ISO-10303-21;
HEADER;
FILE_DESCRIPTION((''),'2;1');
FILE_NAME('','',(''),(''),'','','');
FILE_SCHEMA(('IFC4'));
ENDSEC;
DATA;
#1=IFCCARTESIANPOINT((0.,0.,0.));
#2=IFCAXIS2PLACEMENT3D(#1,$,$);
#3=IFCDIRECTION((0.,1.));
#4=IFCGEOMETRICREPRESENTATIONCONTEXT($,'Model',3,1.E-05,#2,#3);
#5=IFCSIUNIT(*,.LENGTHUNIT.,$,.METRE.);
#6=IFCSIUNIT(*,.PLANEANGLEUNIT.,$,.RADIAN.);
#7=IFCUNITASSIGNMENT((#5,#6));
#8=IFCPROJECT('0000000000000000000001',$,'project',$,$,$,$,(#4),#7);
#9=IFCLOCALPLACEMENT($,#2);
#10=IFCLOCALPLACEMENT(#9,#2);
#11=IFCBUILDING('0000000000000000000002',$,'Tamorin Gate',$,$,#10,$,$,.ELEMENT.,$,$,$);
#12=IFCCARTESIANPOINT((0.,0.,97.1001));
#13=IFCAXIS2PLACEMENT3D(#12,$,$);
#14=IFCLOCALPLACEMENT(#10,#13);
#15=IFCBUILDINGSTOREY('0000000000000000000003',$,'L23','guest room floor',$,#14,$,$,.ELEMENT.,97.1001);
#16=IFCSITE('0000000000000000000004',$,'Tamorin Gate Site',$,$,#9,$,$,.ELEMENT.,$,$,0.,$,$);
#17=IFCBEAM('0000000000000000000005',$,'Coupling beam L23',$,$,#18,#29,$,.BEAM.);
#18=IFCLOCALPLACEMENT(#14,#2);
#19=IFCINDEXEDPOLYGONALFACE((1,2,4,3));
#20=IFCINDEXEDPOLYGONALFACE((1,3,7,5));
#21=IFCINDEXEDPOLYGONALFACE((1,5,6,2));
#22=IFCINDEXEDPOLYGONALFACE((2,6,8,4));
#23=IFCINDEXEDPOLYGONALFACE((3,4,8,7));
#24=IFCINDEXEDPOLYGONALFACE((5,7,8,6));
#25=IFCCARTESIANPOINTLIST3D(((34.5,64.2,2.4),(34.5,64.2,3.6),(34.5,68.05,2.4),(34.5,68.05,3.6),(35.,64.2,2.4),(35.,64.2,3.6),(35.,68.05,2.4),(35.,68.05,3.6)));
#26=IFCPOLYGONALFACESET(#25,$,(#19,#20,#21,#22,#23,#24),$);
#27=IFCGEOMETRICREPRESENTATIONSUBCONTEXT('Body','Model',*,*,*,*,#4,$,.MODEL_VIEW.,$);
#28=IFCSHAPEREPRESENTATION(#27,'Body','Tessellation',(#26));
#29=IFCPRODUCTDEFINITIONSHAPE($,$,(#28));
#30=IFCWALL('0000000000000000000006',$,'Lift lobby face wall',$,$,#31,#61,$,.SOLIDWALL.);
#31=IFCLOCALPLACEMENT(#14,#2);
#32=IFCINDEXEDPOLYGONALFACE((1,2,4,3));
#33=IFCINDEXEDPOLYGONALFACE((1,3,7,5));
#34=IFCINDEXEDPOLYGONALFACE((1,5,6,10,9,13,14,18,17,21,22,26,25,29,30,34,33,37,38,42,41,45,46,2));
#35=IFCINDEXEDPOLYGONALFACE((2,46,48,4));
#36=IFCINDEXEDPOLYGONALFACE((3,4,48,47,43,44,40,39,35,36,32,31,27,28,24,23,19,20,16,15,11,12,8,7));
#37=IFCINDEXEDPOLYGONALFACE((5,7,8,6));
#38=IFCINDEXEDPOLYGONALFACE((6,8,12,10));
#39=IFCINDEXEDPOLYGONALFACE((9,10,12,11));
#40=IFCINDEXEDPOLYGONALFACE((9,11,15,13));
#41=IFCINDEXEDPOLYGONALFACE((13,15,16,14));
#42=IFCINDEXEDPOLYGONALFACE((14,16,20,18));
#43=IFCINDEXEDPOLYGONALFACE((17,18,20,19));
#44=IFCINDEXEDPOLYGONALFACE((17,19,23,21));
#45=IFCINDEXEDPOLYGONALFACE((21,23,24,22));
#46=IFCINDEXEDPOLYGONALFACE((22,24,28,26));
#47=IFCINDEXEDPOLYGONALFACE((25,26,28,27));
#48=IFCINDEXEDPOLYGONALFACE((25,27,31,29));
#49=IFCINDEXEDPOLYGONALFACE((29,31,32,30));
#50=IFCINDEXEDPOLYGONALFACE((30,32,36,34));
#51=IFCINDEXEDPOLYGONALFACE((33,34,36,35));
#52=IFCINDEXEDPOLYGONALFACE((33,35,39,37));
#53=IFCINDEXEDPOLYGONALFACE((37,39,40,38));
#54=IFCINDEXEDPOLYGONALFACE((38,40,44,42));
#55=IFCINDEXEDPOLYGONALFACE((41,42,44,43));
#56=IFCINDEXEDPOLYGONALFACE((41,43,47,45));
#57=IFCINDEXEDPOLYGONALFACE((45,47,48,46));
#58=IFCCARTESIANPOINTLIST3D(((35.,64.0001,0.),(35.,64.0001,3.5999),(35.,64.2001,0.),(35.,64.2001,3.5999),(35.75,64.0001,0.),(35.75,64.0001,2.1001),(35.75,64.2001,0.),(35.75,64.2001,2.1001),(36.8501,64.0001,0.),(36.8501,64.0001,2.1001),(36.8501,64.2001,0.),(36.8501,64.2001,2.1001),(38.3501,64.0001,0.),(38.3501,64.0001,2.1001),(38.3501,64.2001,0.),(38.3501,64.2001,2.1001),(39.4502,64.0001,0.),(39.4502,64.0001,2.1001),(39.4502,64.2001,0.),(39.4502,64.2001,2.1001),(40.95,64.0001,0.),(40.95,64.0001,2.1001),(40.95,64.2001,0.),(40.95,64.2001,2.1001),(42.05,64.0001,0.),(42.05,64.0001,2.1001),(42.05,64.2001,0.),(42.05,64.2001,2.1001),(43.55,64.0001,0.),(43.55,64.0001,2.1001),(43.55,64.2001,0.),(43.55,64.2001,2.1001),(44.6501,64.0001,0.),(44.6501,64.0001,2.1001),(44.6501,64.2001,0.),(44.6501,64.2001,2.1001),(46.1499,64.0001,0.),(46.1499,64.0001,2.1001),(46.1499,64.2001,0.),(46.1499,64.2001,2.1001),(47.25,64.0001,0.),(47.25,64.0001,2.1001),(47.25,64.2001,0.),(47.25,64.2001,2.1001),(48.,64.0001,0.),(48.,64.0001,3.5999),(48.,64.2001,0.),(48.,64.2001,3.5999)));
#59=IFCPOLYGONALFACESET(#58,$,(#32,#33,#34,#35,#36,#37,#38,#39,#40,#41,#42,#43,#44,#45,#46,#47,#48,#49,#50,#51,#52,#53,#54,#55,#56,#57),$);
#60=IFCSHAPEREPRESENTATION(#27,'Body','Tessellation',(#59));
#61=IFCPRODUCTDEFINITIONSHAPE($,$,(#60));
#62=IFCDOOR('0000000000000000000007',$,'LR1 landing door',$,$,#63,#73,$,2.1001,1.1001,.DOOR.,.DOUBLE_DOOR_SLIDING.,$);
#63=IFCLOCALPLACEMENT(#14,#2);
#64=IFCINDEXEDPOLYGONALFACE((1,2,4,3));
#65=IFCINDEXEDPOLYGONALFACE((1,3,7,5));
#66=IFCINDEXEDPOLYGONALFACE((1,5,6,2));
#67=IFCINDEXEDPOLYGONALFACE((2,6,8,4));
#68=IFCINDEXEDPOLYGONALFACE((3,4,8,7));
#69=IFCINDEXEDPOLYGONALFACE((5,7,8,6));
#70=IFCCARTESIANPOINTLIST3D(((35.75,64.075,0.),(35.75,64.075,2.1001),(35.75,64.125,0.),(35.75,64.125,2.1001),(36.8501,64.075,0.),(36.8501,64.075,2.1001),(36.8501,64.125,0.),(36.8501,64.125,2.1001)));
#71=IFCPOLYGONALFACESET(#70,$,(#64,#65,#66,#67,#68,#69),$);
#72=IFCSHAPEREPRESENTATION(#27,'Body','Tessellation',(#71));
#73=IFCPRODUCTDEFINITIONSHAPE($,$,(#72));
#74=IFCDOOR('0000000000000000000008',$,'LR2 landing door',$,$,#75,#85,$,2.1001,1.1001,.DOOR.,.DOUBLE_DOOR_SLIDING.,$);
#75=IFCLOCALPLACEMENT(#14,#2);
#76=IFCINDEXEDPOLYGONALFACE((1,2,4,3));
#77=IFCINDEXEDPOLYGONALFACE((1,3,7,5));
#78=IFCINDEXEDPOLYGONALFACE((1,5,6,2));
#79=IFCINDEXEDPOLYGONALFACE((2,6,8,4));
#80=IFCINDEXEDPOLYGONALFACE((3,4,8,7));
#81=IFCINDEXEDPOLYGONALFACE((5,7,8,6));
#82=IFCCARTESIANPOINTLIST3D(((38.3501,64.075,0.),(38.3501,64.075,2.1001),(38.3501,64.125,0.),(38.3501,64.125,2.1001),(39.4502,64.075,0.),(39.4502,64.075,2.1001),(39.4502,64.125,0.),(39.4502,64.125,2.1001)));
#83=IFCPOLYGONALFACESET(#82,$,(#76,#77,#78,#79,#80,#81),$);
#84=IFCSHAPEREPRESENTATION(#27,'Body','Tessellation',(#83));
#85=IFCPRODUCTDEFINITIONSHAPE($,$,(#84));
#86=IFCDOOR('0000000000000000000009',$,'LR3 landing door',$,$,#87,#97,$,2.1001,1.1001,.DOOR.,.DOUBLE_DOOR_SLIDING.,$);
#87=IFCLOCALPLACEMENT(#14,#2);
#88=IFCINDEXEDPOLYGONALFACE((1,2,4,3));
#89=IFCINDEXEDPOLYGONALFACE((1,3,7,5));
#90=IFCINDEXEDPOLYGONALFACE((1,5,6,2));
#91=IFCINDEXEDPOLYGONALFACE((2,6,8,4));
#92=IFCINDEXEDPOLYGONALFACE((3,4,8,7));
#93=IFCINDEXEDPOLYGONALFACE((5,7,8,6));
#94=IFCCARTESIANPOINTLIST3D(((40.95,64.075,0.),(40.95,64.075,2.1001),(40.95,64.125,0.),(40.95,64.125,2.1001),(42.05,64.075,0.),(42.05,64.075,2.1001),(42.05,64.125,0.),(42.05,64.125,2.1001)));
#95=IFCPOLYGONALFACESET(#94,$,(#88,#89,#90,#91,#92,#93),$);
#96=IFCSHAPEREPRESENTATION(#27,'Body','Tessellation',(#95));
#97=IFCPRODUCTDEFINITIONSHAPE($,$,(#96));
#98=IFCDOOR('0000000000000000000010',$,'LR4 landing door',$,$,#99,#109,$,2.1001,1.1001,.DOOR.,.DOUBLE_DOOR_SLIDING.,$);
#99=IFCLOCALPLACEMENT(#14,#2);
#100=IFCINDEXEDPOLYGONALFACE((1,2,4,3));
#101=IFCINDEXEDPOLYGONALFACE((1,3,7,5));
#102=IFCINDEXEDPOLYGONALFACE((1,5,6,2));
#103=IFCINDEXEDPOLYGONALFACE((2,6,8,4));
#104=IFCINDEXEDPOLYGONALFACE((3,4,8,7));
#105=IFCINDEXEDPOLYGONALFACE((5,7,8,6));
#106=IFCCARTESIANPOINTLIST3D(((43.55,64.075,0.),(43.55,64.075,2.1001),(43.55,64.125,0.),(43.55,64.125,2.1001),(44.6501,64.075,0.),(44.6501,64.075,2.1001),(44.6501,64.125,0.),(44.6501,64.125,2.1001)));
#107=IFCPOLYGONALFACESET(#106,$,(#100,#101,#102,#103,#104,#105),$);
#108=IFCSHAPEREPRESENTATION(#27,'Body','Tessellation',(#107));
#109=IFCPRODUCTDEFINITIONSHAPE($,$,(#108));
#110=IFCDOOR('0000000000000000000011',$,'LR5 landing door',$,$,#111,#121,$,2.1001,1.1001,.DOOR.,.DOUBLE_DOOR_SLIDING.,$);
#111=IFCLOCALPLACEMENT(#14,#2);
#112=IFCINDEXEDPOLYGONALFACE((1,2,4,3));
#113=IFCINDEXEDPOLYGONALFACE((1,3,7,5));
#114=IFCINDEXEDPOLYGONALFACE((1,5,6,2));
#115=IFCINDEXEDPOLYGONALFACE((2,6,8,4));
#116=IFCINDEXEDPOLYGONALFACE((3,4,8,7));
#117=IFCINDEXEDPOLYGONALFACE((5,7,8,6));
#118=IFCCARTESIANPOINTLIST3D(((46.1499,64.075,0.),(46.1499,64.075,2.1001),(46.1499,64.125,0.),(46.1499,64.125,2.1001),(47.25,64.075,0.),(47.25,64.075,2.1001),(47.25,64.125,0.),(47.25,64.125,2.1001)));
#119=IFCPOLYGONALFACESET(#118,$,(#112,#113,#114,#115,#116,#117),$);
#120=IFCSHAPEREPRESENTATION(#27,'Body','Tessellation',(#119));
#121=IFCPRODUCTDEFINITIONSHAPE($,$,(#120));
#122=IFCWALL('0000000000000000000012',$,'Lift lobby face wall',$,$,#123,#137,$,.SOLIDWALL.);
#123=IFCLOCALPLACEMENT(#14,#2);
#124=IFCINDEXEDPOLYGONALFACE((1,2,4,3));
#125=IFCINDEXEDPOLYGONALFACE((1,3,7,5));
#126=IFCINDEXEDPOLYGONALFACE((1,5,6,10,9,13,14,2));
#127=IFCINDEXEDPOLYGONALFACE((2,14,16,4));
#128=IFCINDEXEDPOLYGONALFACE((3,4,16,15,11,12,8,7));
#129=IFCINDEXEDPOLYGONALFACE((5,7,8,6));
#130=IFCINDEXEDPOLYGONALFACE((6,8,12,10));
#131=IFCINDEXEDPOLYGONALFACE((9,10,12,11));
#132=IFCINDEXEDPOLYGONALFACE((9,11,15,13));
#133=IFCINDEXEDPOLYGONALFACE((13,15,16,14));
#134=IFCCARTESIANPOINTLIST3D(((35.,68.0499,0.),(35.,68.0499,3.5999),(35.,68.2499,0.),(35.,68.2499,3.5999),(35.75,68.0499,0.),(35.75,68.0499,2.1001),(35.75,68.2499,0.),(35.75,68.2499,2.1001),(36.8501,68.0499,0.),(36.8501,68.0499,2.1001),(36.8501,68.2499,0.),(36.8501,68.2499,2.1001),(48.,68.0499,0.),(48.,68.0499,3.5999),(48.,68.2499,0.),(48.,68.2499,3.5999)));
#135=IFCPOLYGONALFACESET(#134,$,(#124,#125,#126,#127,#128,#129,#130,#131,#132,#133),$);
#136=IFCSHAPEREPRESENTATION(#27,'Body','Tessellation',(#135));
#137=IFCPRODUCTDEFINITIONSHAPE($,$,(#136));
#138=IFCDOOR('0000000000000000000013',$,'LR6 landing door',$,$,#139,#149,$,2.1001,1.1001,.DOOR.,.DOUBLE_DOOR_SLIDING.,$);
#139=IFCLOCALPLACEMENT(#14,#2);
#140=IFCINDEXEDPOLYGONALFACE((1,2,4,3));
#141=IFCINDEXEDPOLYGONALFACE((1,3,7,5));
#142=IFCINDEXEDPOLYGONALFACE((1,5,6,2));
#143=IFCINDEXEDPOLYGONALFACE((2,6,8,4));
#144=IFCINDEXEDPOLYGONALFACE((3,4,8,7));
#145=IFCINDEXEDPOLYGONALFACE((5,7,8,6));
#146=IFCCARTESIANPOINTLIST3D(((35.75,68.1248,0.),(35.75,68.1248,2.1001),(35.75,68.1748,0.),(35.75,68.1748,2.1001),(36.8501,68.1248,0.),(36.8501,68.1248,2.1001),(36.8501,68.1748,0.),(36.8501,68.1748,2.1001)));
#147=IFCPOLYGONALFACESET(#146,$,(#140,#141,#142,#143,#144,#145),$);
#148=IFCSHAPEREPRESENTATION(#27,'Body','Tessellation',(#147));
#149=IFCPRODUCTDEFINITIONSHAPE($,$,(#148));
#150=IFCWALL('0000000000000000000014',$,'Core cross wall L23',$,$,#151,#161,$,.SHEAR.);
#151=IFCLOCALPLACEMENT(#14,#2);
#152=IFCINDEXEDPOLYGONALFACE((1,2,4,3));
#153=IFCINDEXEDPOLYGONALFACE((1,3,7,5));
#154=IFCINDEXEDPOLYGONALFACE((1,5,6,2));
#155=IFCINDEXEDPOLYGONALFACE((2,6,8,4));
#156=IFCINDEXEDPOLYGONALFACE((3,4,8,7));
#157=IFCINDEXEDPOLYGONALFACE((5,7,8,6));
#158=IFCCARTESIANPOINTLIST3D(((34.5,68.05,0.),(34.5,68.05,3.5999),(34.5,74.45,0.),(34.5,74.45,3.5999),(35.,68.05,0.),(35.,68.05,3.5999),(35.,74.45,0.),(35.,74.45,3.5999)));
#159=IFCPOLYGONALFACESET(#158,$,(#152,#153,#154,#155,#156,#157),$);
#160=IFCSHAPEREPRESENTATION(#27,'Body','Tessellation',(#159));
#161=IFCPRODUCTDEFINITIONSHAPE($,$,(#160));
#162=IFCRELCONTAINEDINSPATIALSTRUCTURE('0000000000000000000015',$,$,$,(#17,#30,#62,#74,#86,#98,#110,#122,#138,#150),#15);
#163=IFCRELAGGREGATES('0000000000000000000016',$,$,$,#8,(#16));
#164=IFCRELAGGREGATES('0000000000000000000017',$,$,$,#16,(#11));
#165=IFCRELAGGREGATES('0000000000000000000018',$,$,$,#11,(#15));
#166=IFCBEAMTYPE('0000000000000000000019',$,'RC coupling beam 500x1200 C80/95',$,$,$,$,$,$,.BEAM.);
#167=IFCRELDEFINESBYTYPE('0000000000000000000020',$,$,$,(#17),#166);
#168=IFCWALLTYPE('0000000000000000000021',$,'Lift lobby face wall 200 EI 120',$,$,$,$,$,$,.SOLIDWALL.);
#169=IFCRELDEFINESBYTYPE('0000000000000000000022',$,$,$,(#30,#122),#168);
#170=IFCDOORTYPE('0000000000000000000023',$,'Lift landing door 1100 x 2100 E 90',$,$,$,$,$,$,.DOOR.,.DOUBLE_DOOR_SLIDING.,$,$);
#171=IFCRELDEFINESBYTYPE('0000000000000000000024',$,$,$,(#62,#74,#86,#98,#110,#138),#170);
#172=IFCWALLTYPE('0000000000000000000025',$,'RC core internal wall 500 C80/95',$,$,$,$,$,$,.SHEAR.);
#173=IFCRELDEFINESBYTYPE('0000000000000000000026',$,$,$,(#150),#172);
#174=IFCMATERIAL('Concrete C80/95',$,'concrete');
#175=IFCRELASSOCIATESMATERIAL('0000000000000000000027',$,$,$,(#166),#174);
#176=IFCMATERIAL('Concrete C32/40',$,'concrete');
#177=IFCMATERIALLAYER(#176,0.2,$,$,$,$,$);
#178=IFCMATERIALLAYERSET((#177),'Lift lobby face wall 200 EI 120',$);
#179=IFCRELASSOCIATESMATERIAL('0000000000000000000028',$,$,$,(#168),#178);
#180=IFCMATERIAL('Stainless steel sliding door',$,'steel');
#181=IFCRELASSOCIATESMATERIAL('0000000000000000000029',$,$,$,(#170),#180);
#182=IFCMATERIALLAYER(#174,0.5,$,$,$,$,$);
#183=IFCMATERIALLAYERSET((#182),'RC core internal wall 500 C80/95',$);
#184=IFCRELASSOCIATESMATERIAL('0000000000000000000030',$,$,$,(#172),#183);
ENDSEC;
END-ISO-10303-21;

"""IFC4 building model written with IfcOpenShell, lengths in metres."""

from ifc_helpers import new_model, si_unit, direction, frame, frame_2d, origin, origin_2d, place, context, subcontext, project, spatial, rectangle, extrude, material, layer, layer_set, material_profile, profile_set, type_object, element, fill, save


model = new_model("IFC4")

# Units and contexts
model_context = context("Model", 3, precision=1e-05, world=origin(), true_north=direction((0.0, 1.0)))
body_context = subcontext(model_context, "Body", "Model", "MODEL_VIEW")
ifc_project = project(units=[si_unit("LENGTHUNIT", "METRE"), si_unit("PLANEANGLEUNIT", "RADIAN")], contexts=[model_context])

# Site, building, storey
site_placement = place(None, origin())
site = spatial("IfcSite", under=ifc_project, at=site_placement, Name="Tamorin Gate Site", CompositionType="ELEMENT", RefElevation=0.0)
building_placement = place(site_placement, origin())
building = spatial("IfcBuilding", under=site, at=building_placement, Name="Tamorin Gate", CompositionType="ELEMENT")
storey_placement = place(building_placement, frame((0.0, 0.0, 97.1001)))
storey = spatial("IfcBuildingStorey", under=building, at=storey_placement, Name="L23", Description="guest room floor", CompositionType="ELEMENT", Elevation=97.1001)

# Beam
ifc_material_1 = material(Name="Concrete C80/95", Category="concrete")
ifc_material_profile = material_profile(ifc_material_1, rectangle(XDim=0.5, YDim=1.2, at=origin_2d()), Name="RC 500x1200")
ifc_profile_set = profile_set([ifc_material_profile], Name="Concrete C80/95")
beam_type = type_object("IfcBeamType", Name="RC coupling beam 500x1200 C80/95", PredefinedType="BEAM", material=ifc_profile_set)
beam_placement = place(storey_placement, frame((34.75, 64.2, 3.0), z_axis=(0.0, 1.0, 0.0), x_axis=(-1.0, 0.0, 0.0)))
element("IfcBeam", 1, at=beam_placement, inside=storey, type_object=beam_type, Name="Coupling beam L23", PredefinedType="BEAM", context=body_context, shape_type="SweptSolid", body=[
    extrude(rectangle(XDim=0.5, YDim=1.2, at=origin_2d()), origin(), (0.0, 0.0, 1.0), 3.8501),
])

# Wall, openings, doors
ifc_material_2 = material(Name="Concrete C32/40", Category="concrete")
ifc_layer_1 = layer(ifc_material_2, 0.2)
ifc_layer_set_1 = layer_set([ifc_layer_1], Name="Lift lobby face wall 200 EI 120")
wall_type_1 = type_object("IfcWallType", Name="Lift lobby face wall 200 EI 120", PredefinedType="SOLIDWALL", material=ifc_layer_set_1)
wall_1_placement = place(storey_placement, frame((35.0, 64.1001, 0.0), z_axis=(0.0, 0.0, 1.0), x_axis=(1.0, 0.0, 0.0)))
wall_1 = element("IfcWall", 2, at=wall_1_placement, inside=storey, type_object=wall_type_1, Name="Lift lobby face wall", PredefinedType="SOLIDWALL", context=body_context, shape_type="SweptSolid", body=[
    extrude(rectangle(XDim=13.0, YDim=0.2, at=frame_2d((6.5, 0.0))), origin(), (0.0, 0.0, 1.0), 3.5999),
])
opening_1_placement = place(wall_1_placement, frame((0.75, 0.0, 0.0)))
opening_1 = element("IfcOpeningElement", 3, at=opening_1_placement, cuts=wall_1, PredefinedType="OPENING", context=body_context, shape_type="SweptSolid", body=[
    extrude(rectangle(XDim=1.1001, YDim=2.1001, at=frame_2d((0.55, 1.05))), frame((0.0, 0.1099, 0.0), z_axis=(0.0, -1.0, 0.0), x_axis=(1.0, 0.0, 0.0)), (0.0, 0.0, 1.0), 0.22),
])
opening_2_placement = place(wall_1_placement, frame((3.3501, 0.0, 0.0)))
opening_2 = element("IfcOpeningElement", 4, at=opening_2_placement, cuts=wall_1, PredefinedType="OPENING", context=body_context, shape_type="SweptSolid", body=[
    extrude(rectangle(XDim=1.1001, YDim=2.1001, at=frame_2d((0.55, 1.05))), frame((0.0, 0.1099, 0.0), z_axis=(0.0, -1.0, 0.0), x_axis=(1.0, 0.0, 0.0)), (0.0, 0.0, 1.0), 0.22),
])
opening_3_placement = place(wall_1_placement, frame((5.95, 0.0, 0.0)))
opening_3 = element("IfcOpeningElement", 5, at=opening_3_placement, cuts=wall_1, PredefinedType="OPENING", context=body_context, shape_type="SweptSolid", body=[
    extrude(rectangle(XDim=1.1001, YDim=2.1001, at=frame_2d((0.55, 1.05))), frame((0.0, 0.1099, 0.0), z_axis=(0.0, -1.0, 0.0), x_axis=(1.0, 0.0, 0.0)), (0.0, 0.0, 1.0), 0.22),
])
opening_4_placement = place(wall_1_placement, frame((8.55, 0.0, 0.0)))
opening_4 = element("IfcOpeningElement", 6, at=opening_4_placement, cuts=wall_1, PredefinedType="OPENING", context=body_context, shape_type="SweptSolid", body=[
    extrude(rectangle(XDim=1.1001, YDim=2.1001, at=frame_2d((0.55, 1.05))), frame((0.0, 0.1099, 0.0), z_axis=(0.0, -1.0, 0.0), x_axis=(1.0, 0.0, 0.0)), (0.0, 0.0, 1.0), 0.22),
])
opening_5_placement = place(wall_1_placement, frame((11.1499, 0.0, 0.0)))
opening_5 = element("IfcOpeningElement", 7, at=opening_5_placement, cuts=wall_1, PredefinedType="OPENING", context=body_context, shape_type="SweptSolid", body=[
    extrude(rectangle(XDim=1.1001, YDim=2.1001, at=frame_2d((0.55, 1.05))), frame((0.0, 0.1099, 0.0), z_axis=(0.0, -1.0, 0.0), x_axis=(1.0, 0.0, 0.0)), (0.0, 0.0, 1.0), 0.22),
])
ifc_material_3 = material(Name="Stainless steel sliding door", Category="steel")
door_type_1 = type_object("IfcDoorType", Name="Lift landing door 1100 x 2100 E 90", OperationType="DOUBLE_DOOR_SLIDING", PredefinedType="DOOR", material=ifc_material_3)
door_1_placement = place(opening_1_placement, origin())
door_1 = element("IfcDoor", 8, at=door_1_placement, inside=storey, type_object=door_type_1, Name="LR1 landing door", OperationType="DOUBLE_DOOR_SLIDING", OverallHeight=2.1001, OverallWidth=1.1001, PredefinedType="DOOR", context=body_context, shape_type="SweptSolid", body=[
    extrude(rectangle(XDim=1.1001, YDim=2.1001, at=frame_2d((0.55, 1.05))), frame((0.0, 0.0249, 0.0), z_axis=(0.0, -1.0, 0.0), x_axis=(1.0, 0.0, 0.0)), (0.0, 0.0, 1.0), 0.05),
])
fill(opening_1, door_1)
door_2_placement = place(opening_2_placement, origin())
door_2 = element("IfcDoor", 9, at=door_2_placement, inside=storey, type_object=door_type_1, Name="LR2 landing door", OperationType="DOUBLE_DOOR_SLIDING", OverallHeight=2.1001, OverallWidth=1.1001, PredefinedType="DOOR", context=body_context, shape_type="SweptSolid", body=[
    extrude(rectangle(XDim=1.1001, YDim=2.1001, at=frame_2d((0.55, 1.05))), frame((0.0, 0.0249, 0.0), z_axis=(0.0, -1.0, 0.0), x_axis=(1.0, 0.0, 0.0)), (0.0, 0.0, 1.0), 0.05),
])
fill(opening_2, door_2)
door_3_placement = place(opening_3_placement, origin())
door_3 = element("IfcDoor", 10, at=door_3_placement, inside=storey, type_object=door_type_1, Name="LR3 landing door", OperationType="DOUBLE_DOOR_SLIDING", OverallHeight=2.1001, OverallWidth=1.1001, PredefinedType="DOOR", context=body_context, shape_type="SweptSolid", body=[
    extrude(rectangle(XDim=1.1001, YDim=2.1001, at=frame_2d((0.55, 1.05))), frame((0.0, 0.0249, 0.0), z_axis=(0.0, -1.0, 0.0), x_axis=(1.0, 0.0, 0.0)), (0.0, 0.0, 1.0), 0.05),
])
fill(opening_3, door_3)
door_4_placement = place(opening_4_placement, origin())
door_4 = element("IfcDoor", 11, at=door_4_placement, inside=storey, type_object=door_type_1, Name="LR4 landing door", OperationType="DOUBLE_DOOR_SLIDING", OverallHeight=2.1001, OverallWidth=1.1001, PredefinedType="DOOR", context=body_context, shape_type="SweptSolid", body=[
    extrude(rectangle(XDim=1.1001, YDim=2.1001, at=frame_2d((0.55, 1.05))), frame((0.0, 0.0249, 0.0), z_axis=(0.0, -1.0, 0.0), x_axis=(1.0, 0.0, 0.0)), (0.0, 0.0, 1.0), 0.05),
])
fill(opening_4, door_4)
door_5_placement = place(opening_5_placement, origin())
door_5 = element("IfcDoor", 12, at=door_5_placement, inside=storey, type_object=door_type_1, Name="LR5 landing door", OperationType="DOUBLE_DOOR_SLIDING", OverallHeight=2.1001, OverallWidth=1.1001, PredefinedType="DOOR", context=body_context, shape_type="SweptSolid", body=[
    extrude(rectangle(XDim=1.1001, YDim=2.1001, at=frame_2d((0.55, 1.05))), frame((0.0, 0.0249, 0.0), z_axis=(0.0, -1.0, 0.0), x_axis=(1.0, 0.0, 0.0)), (0.0, 0.0, 1.0), 0.05),
])
fill(opening_5, door_5)

# Wall, opening, door
wall_2_placement = place(storey_placement, frame((35.0, 68.1499, 0.0), z_axis=(0.0, 0.0, 1.0), x_axis=(1.0, 0.0, 0.0)))
wall_2 = element("IfcWall", 13, at=wall_2_placement, inside=storey, type_object=wall_type_1, Name="Lift lobby face wall", PredefinedType="SOLIDWALL", context=body_context, shape_type="SweptSolid", body=[
    extrude(rectangle(XDim=13.0, YDim=0.2, at=frame_2d((6.5, 0.0))), origin(), (0.0, 0.0, 1.0), 3.5999),
])
opening_6_placement = place(wall_2_placement, frame((0.75, 0.0, 0.0)))
opening_6 = element("IfcOpeningElement", 14, at=opening_6_placement, cuts=wall_2, PredefinedType="OPENING", context=body_context, shape_type="SweptSolid", body=[
    extrude(rectangle(XDim=1.1001, YDim=2.1001, at=frame_2d((0.55, 1.05))), frame((0.0, 0.1099, 0.0), z_axis=(0.0, -1.0, 0.0), x_axis=(1.0, 0.0, 0.0)), (0.0, 0.0, 1.0), 0.22),
])
door_6_placement = place(opening_6_placement, origin())
door_6 = element("IfcDoor", 15, at=door_6_placement, inside=storey, type_object=door_type_1, Name="LR6 landing door", OperationType="DOUBLE_DOOR_SLIDING", OverallHeight=2.1001, OverallWidth=1.1001, PredefinedType="DOOR", context=body_context, shape_type="SweptSolid", body=[
    extrude(rectangle(XDim=1.1001, YDim=2.1001, at=frame_2d((0.55, 1.05))), frame((0.0, 0.0249, 0.0), z_axis=(0.0, -1.0, 0.0), x_axis=(1.0, 0.0, 0.0)), (0.0, 0.0, 1.0), 0.05),
])
fill(opening_6, door_6)

# Wall
ifc_layer_2 = layer(ifc_material_1, 0.5)
ifc_layer_set_2 = layer_set([ifc_layer_2], Name="RC core internal wall 500 C80/95")
wall_type_2 = type_object("IfcWallType", Name="RC core internal wall 500 C80/95", PredefinedType="SHEAR", material=ifc_layer_set_2)
wall_3_placement = place(storey_placement, frame((34.75, 68.05, 0.0), z_axis=(0.0, 0.0, 1.0), x_axis=(0.0, 1.0, 0.0)))
element("IfcWall", 16, at=wall_3_placement, inside=storey, type_object=wall_type_2, Name="Core cross wall L23", PredefinedType="SHEAR", context=body_context, shape_type="SweptSolid", body=[
    extrude(rectangle(XDim=6.3999, YDim=0.5, at=frame_2d((3.2, 0.0))), origin(), (0.0, 0.0, 1.0), 3.5999),
])

save(model, "model.ifc")
